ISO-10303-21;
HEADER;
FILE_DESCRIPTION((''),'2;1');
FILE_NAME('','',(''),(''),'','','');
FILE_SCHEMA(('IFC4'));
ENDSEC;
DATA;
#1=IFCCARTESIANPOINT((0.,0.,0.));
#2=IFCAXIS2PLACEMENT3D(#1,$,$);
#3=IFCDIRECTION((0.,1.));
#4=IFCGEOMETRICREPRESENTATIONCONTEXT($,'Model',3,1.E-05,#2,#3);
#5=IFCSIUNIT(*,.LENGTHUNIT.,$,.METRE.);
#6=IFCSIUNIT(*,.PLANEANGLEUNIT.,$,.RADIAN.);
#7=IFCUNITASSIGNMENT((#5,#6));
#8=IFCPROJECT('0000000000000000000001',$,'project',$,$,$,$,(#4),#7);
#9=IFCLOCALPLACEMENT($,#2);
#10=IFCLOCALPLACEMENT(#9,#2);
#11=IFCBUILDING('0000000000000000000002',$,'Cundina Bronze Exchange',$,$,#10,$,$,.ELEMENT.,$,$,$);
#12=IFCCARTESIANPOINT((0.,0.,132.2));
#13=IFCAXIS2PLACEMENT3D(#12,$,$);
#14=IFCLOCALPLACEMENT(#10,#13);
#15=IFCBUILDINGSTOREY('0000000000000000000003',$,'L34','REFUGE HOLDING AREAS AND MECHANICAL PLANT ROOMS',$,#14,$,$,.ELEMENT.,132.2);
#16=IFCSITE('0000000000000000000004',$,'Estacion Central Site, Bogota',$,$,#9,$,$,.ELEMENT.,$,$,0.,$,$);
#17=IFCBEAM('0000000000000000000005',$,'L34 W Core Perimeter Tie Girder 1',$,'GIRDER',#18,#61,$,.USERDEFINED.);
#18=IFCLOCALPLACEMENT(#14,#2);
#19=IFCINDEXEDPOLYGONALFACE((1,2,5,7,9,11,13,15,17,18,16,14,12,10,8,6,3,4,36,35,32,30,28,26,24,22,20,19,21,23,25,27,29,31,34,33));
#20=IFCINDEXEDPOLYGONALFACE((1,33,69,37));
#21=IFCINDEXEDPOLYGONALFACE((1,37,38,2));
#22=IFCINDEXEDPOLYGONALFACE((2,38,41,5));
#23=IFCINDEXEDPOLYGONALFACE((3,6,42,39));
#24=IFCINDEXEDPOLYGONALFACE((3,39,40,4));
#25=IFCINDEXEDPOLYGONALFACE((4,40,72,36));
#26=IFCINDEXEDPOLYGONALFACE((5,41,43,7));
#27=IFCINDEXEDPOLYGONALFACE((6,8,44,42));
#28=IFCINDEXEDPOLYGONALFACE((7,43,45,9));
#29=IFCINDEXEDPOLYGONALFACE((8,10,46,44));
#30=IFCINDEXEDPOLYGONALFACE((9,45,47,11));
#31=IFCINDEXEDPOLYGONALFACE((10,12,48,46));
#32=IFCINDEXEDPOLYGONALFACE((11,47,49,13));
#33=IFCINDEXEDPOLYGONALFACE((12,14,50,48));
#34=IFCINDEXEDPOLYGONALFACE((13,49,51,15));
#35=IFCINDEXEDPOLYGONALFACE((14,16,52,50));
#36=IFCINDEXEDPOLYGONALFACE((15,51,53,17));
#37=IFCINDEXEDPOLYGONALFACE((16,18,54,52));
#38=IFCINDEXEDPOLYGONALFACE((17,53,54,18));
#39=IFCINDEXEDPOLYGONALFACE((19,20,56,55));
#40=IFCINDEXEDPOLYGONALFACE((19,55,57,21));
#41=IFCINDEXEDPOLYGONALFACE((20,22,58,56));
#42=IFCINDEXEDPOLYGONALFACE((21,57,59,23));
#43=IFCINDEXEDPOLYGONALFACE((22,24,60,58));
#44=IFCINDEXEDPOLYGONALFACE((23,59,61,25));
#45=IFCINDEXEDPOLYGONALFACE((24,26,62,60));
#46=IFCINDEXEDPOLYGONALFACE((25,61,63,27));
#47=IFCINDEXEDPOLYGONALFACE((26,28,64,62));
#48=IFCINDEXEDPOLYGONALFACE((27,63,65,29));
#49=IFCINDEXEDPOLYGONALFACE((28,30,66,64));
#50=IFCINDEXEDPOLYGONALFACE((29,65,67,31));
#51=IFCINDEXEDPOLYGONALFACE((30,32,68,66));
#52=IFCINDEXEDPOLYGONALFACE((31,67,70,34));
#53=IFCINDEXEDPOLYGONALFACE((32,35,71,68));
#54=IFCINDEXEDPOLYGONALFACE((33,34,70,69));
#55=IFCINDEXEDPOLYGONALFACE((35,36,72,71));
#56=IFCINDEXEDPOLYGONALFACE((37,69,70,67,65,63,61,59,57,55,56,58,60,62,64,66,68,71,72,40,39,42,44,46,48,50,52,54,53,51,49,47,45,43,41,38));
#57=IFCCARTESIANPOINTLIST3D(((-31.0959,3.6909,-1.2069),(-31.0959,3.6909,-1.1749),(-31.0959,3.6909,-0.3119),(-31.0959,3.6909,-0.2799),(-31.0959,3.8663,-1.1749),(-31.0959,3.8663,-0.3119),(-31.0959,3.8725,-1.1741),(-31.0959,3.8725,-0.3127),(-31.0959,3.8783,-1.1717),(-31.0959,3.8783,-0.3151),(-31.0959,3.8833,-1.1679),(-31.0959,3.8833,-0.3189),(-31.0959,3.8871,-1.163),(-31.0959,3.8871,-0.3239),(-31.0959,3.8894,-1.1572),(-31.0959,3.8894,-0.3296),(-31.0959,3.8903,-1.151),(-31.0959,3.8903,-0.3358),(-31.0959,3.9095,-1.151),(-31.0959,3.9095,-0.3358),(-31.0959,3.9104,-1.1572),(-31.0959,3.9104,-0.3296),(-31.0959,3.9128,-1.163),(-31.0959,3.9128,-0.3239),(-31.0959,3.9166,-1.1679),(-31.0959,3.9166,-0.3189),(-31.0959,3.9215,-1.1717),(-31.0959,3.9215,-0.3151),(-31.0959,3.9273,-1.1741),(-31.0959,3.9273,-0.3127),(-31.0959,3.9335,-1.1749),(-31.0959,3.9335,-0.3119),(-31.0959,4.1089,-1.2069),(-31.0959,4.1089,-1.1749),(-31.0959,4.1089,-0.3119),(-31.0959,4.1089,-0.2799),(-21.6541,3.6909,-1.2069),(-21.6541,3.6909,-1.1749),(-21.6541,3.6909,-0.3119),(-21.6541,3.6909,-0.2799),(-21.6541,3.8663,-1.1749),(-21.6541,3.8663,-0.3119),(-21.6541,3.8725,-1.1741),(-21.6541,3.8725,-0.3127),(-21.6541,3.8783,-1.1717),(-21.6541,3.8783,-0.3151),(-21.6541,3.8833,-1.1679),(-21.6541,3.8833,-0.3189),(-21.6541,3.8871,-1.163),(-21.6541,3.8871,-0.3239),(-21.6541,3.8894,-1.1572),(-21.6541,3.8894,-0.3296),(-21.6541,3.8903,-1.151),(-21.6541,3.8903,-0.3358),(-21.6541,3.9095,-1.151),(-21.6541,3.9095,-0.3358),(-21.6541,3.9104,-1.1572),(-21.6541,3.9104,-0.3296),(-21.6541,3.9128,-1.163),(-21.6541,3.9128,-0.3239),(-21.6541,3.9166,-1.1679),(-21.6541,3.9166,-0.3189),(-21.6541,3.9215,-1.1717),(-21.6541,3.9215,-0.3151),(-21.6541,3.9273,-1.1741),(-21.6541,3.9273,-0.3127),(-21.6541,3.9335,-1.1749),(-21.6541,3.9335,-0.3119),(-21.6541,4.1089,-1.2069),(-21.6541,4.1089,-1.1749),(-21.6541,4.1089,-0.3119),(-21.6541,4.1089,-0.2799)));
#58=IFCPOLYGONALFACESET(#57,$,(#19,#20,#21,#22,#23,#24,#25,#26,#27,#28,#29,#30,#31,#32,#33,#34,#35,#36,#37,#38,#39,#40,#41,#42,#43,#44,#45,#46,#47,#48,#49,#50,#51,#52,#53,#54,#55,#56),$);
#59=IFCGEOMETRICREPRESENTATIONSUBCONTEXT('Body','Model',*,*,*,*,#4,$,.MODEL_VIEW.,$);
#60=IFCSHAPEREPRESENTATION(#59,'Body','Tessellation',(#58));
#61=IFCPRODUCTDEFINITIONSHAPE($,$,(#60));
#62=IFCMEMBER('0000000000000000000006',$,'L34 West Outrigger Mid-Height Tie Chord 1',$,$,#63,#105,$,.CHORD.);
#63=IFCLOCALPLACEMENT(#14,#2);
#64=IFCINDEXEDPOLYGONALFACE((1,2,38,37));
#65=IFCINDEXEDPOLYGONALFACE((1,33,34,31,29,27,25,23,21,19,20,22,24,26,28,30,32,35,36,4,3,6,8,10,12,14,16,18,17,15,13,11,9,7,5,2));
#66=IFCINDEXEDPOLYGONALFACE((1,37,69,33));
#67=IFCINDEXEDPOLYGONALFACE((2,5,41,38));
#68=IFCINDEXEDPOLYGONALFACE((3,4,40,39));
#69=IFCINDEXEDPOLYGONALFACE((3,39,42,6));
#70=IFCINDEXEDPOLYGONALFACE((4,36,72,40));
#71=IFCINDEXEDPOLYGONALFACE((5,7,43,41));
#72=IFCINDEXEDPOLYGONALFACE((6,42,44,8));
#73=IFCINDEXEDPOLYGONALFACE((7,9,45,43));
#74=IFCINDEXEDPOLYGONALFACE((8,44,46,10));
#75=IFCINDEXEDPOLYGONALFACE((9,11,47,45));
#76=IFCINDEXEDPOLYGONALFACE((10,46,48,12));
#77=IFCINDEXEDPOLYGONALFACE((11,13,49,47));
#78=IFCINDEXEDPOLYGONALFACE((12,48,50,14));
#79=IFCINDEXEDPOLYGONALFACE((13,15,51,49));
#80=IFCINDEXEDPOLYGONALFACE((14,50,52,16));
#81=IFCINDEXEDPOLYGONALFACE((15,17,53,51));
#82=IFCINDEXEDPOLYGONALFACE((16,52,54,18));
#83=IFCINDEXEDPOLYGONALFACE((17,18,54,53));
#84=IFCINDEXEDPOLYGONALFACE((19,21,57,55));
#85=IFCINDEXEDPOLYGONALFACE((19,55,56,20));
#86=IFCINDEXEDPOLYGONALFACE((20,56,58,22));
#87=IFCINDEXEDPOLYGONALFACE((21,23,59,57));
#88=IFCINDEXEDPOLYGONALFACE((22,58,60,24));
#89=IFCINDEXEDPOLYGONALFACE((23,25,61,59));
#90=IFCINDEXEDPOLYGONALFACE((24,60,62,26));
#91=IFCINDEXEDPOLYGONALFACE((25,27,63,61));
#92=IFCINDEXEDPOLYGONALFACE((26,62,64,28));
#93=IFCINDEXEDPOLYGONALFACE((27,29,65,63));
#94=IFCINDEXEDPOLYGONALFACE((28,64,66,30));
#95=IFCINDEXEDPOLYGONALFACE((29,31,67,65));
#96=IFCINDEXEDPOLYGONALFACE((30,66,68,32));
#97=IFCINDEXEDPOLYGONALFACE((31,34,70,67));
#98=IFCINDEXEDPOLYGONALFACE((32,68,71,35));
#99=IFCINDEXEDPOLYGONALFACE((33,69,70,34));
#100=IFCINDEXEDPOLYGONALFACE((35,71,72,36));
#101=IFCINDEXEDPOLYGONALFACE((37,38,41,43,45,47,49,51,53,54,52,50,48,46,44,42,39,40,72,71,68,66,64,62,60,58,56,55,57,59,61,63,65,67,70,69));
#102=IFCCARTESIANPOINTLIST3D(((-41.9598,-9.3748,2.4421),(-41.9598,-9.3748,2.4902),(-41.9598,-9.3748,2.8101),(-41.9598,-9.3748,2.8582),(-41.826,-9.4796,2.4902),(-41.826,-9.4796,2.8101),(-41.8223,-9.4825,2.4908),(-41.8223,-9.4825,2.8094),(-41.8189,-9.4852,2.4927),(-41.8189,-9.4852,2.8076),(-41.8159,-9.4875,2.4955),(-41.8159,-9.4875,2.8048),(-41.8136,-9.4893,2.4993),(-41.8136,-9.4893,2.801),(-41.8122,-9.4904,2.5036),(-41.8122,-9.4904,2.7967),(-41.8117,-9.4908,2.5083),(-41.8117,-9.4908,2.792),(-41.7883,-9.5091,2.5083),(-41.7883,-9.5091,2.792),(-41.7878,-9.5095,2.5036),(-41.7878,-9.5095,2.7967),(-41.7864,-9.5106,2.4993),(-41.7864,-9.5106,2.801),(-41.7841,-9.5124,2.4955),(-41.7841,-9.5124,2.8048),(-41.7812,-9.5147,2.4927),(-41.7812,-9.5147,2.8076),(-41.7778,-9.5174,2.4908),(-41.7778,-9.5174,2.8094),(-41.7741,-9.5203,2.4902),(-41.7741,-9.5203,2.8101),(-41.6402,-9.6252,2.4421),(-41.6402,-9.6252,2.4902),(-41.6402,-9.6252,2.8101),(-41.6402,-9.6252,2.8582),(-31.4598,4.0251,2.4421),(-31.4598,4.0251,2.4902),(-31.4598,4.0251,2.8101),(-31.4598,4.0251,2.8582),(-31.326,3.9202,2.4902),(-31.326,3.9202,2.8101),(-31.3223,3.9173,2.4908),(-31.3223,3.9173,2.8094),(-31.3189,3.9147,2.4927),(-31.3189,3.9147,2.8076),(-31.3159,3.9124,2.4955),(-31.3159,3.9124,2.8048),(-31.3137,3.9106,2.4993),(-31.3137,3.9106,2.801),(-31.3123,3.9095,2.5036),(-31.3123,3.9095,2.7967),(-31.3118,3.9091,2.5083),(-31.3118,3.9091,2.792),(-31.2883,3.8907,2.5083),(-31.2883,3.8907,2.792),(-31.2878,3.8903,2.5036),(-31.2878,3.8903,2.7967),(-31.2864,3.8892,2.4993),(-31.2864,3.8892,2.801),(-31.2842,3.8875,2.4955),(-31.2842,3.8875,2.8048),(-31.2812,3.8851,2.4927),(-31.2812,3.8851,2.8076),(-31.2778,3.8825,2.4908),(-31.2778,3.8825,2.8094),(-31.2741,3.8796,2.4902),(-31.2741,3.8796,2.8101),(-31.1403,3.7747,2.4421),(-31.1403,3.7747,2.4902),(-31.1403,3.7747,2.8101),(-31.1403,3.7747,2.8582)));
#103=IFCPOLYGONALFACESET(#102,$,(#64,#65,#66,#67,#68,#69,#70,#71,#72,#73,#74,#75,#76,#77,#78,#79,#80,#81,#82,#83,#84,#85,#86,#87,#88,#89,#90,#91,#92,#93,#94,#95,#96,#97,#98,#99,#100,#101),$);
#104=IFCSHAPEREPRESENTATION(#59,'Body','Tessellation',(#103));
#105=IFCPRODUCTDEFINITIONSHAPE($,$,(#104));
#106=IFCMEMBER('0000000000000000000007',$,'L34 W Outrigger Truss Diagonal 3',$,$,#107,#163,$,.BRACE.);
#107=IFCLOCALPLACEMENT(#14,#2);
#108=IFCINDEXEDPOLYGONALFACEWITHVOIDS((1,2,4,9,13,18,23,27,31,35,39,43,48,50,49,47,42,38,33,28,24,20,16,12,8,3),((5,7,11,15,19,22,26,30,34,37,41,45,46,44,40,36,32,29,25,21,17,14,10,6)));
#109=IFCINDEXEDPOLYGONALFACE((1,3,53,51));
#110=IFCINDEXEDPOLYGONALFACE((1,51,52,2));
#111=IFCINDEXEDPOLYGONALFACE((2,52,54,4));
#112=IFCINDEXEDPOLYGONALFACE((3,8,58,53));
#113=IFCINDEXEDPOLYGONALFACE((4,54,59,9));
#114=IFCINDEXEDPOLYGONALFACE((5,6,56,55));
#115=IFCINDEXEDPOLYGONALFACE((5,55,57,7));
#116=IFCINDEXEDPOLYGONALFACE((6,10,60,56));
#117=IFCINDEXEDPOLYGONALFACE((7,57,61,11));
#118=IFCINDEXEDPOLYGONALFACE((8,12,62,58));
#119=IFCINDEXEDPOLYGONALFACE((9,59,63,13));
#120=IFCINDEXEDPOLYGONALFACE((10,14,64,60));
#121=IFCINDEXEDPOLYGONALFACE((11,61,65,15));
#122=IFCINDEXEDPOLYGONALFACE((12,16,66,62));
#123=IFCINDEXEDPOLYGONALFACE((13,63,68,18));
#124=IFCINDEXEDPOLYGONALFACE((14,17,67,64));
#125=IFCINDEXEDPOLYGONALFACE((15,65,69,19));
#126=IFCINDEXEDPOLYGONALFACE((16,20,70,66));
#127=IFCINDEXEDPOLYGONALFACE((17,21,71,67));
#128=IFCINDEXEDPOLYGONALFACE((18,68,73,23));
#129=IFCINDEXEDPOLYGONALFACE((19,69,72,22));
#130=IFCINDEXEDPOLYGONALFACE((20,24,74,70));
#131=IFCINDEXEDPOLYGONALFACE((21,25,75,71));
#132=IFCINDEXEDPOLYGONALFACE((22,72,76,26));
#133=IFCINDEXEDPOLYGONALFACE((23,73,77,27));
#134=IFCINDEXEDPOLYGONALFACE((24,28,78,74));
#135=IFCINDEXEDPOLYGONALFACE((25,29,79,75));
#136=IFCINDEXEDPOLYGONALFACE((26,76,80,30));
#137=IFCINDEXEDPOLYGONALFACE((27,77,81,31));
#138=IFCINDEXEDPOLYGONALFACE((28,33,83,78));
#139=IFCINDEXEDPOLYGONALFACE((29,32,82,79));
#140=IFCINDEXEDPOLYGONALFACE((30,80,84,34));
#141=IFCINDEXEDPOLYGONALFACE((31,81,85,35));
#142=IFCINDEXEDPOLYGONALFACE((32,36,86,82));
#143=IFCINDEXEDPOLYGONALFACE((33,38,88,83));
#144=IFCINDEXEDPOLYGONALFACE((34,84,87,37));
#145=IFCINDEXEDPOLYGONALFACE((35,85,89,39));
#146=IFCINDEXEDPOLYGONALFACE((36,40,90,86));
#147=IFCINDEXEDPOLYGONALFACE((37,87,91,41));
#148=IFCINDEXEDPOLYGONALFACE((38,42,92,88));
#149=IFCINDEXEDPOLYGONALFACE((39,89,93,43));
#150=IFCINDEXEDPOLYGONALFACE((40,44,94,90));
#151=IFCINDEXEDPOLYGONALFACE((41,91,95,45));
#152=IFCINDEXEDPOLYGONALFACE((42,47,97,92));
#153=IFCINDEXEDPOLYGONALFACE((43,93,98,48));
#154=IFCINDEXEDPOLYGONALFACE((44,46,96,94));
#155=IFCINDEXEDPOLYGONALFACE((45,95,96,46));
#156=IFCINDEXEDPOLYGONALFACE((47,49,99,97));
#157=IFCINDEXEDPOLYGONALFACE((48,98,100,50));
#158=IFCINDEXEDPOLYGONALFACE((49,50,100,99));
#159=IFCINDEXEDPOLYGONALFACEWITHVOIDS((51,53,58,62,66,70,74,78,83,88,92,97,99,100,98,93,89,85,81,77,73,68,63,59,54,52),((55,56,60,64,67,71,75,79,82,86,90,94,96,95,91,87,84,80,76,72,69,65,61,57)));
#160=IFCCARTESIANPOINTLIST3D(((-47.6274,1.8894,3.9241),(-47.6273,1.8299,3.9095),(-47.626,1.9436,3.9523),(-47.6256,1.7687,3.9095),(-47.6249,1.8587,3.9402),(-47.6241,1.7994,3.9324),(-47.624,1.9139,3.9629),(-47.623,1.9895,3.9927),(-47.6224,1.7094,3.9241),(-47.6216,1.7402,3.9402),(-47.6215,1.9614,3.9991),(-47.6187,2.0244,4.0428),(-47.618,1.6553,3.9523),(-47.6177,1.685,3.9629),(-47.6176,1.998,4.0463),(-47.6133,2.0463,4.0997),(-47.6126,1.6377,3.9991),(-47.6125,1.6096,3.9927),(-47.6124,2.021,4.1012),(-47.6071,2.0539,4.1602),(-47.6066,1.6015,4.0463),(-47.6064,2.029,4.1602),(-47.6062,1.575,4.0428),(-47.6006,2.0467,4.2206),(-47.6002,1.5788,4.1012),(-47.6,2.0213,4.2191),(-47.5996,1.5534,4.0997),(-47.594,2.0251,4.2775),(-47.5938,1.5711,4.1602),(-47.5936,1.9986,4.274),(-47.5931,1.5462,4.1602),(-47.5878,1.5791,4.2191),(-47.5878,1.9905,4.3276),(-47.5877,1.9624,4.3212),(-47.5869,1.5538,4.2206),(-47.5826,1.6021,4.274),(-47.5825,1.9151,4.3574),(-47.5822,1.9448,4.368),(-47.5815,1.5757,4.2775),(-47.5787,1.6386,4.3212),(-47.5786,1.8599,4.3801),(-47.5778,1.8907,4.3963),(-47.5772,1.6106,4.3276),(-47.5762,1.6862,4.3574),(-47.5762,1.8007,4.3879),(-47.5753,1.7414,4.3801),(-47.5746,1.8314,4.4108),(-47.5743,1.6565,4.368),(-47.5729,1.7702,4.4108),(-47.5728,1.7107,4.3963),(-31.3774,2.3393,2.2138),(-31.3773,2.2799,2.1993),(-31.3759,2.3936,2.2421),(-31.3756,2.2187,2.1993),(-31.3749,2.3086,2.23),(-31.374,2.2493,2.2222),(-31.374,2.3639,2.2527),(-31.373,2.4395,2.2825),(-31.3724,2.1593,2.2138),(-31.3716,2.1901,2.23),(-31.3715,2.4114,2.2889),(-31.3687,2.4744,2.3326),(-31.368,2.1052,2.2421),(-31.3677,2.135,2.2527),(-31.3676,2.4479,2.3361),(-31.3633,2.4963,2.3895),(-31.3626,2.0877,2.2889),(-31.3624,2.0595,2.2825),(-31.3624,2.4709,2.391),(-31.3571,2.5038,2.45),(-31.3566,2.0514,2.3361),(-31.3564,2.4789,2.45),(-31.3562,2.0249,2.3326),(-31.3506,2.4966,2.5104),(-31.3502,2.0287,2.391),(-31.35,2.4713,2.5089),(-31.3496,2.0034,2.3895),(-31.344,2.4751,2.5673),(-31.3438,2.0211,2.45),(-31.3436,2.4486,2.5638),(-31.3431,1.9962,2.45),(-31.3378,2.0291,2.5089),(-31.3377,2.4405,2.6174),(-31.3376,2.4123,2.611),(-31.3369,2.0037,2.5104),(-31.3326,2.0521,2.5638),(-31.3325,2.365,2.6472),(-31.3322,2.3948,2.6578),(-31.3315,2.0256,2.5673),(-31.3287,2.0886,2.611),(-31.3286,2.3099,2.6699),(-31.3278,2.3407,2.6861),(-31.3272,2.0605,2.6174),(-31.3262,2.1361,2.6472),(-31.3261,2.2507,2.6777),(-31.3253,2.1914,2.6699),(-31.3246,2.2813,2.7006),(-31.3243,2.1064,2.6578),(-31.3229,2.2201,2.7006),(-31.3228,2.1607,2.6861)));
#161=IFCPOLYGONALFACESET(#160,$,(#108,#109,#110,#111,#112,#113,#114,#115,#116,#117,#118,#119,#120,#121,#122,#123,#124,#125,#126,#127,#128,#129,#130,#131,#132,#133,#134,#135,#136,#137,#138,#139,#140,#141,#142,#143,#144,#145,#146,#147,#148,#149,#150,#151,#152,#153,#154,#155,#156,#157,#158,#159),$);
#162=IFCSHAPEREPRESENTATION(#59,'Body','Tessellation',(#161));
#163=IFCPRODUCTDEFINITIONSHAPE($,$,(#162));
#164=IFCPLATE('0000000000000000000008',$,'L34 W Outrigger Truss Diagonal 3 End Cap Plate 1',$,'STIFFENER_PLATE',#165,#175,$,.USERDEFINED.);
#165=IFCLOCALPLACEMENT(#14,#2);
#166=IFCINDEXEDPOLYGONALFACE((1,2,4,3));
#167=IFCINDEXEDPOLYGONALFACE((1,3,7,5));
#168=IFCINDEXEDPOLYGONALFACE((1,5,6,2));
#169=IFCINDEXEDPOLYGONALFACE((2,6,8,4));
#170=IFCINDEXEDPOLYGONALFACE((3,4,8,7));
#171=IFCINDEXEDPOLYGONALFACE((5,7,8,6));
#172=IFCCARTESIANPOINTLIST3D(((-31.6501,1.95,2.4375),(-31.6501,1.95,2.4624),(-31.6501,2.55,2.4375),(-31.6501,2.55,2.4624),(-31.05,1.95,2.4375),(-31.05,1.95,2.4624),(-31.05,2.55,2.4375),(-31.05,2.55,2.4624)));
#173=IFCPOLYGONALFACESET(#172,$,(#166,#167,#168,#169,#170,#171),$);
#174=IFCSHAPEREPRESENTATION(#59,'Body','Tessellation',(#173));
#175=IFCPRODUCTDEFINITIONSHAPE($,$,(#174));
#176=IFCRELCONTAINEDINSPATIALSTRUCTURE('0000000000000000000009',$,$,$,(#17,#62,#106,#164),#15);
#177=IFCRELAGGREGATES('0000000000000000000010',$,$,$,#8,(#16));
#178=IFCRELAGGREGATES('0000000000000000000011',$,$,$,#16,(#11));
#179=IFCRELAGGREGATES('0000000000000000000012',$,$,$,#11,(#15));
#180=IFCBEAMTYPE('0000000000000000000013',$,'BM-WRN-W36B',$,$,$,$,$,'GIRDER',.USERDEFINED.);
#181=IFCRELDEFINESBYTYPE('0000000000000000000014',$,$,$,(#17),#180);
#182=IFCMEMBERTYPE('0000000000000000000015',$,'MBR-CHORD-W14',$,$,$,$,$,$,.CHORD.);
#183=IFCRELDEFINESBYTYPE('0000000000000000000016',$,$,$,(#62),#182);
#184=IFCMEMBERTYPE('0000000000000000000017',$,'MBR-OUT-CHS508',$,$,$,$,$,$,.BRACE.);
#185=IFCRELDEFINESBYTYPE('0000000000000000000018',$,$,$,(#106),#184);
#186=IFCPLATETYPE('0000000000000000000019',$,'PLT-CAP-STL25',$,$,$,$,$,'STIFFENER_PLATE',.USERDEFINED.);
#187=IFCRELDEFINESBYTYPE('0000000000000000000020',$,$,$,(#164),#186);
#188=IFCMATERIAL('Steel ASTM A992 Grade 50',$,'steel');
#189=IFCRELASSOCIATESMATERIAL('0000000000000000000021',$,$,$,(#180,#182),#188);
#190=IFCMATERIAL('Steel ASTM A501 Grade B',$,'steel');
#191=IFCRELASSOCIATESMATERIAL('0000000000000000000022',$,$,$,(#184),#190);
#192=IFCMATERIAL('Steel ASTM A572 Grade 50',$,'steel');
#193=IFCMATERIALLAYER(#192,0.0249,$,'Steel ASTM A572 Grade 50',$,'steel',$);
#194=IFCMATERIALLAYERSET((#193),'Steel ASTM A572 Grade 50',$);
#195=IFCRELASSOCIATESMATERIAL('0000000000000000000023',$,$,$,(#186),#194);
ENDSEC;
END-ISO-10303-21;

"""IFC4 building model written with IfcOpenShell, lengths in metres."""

from ifc_helpers import new_model, si_unit, direction, frame, origin, origin_2d, place, context, subcontext, project, spatial, rectangle, hollow_circle, i_section, extrude, material, layer, layer_set, material_profile, profile_set, type_object, element, save


model = new_model("IFC4")

# Units and contexts
model_context = context("Model", 3, precision=1e-05, world=origin(), true_north=direction((0.0, 1.0)))
body_context = subcontext(model_context, "Body", "Model", "MODEL_VIEW")
ifc_project = project(units=[si_unit("LENGTHUNIT", "METRE"), si_unit("PLANEANGLEUNIT", "RADIAN")], contexts=[model_context])

# Site, building, storey
site_placement = place(None, origin())
site = spatial("IfcSite", under=ifc_project, at=site_placement, Name="Estacion Central Site, Bogota", CompositionType="ELEMENT", RefElevation=0.0)
building_placement = place(site_placement, origin())
building = spatial("IfcBuilding", under=site, at=building_placement, Name="Cundina Bronze Exchange", CompositionType="ELEMENT")
storey_placement = place(building_placement, frame((0.0, 0.0, 132.2)))
storey = spatial("IfcBuildingStorey", under=building, at=storey_placement, Name="L34", Description="REFUGE HOLDING AREAS AND MECHANICAL PLANT ROOMS", CompositionType="ELEMENT", Elevation=132.2)

# Shared definitions
ifc_material_1 = material(Name="Steel ASTM A992 Grade 50", Category="steel")

# Beam
ifc_material_profile_1 = material_profile(ifc_material_1, i_section(OverallWidth=0.418, OverallDepth=0.927, WebThickness=0.0193, FlangeThickness=0.032, FilletRadius=0.0239, at=origin_2d()), Name="W36X231", Category="steel")
ifc_profile_set_1 = profile_set([ifc_material_profile_1], Name="Steel ASTM A992 Grade 50")
beam_type_1 = type_object("IfcBeamType", Name="BM-WRN-W36B", ElementType="GIRDER", PredefinedType="USERDEFINED", material=ifc_profile_set_1)
beam_1_placement = place(storey_placement, frame((-31.0959, 3.8999, -0.7434), z_axis=(1.0, 0.0, 0.0), x_axis=(0.0, 1.0, 0.0)))
element("IfcBeam", 1, at=beam_1_placement, inside=storey, type_object=beam_type_1, Name="L34 W Core Perimeter Tie Girder 1", ObjectType="GIRDER", PredefinedType="USERDEFINED", context=body_context, shape_type="SweptSolid", body=[
    extrude(i_section(OverallWidth=0.418, OverallDepth=0.927, WebThickness=0.0193, FlangeThickness=0.032, FilletRadius=0.0239, at=origin_2d()), origin(), (0.0, 0.0, 1.0), 9.4419),
])

# Members
ifc_material_profile_2 = material_profile(ifc_material_1, i_section(OverallWidth=0.406, OverallDepth=0.416, WebThickness=0.0298, FlangeThickness=0.0481, FilletRadius=0.0181, at=origin_2d()), Name="W14X257", Category="steel")
ifc_profile_set_2 = profile_set([ifc_material_profile_2], Name="Steel ASTM A992 Grade 50")
member_type_1 = type_object("IfcMemberType", Name="MBR-CHORD-W14", PredefinedType="CHORD", material=ifc_profile_set_2)
member_1_placement = place(storey_placement, frame((-31.3, 3.8999, 2.6501), z_axis=(-0.616786, -0.787131, 0.0), x_axis=(0.787131, -0.616786, 0.0)))
element("IfcMember", 2, at=member_1_placement, inside=storey, type_object=member_type_1, Name="L34 West Outrigger Mid-Height Tie Chord 1", PredefinedType="CHORD", context=body_context, shape_type="SweptSolid", body=[
    extrude(i_section(OverallWidth=0.406, OverallDepth=0.416, WebThickness=0.0298, FlangeThickness=0.0481, FilletRadius=0.0181, at=origin_2d()), origin(), (0.0, 0.0, 1.0), 17.0237),
])
ifc_material_2 = material(Name="Steel ASTM A501 Grade B", Category="steel")
ifc_material_profile_3 = material_profile(ifc_material_2, hollow_circle(Radius=0.2539, WallThickness=0.0249, at=origin_2d()), Name="CHS508X25", Category="steel")
ifc_profile_set_3 = profile_set([ifc_material_profile_3], Name="Steel ASTM A501 Grade B")
member_type_2 = type_object("IfcMemberType", Name="MBR-OUT-CHS508", PredefinedType="BRACE", material=ifc_profile_set_3)
member_2_placement = place(storey_placement, frame((-31.3501, 2.25, 2.45), z_axis=(-0.994131, -0.027527, 0.104626), x_axis=(0.027679, -0.999617, 0.0)))
element("IfcMember", 3, at=member_2_placement, inside=storey, type_object=member_type_2, Name="L34 W Outrigger Truss Diagonal 3", PredefinedType="BRACE", context=body_context, shape_type="SweptSolid", body=[
    extrude(hollow_circle(Radius=0.2539, WallThickness=0.0249, at=origin_2d()), origin(), (0.0, 0.0, 1.0), 16.3459),
])

# Plate
ifc_material_3 = material(Name="Steel ASTM A572 Grade 50", Category="steel")
ifc_layer_1 = layer(ifc_material_3, 0.0249, Name="Steel ASTM A572 Grade 50", Category="steel")
ifc_layer_set_1 = layer_set([ifc_layer_1], Name="Steel ASTM A572 Grade 50")
plate_type = type_object("IfcPlateType", Name="PLT-CAP-STL25", ElementType="STIFFENER_PLATE", PredefinedType="USERDEFINED", material=ifc_layer_set_1)
plate_placement = place(storey_placement, frame((-31.3501, 2.25, 2.4375), z_axis=(0.0, 0.0, 1.0), x_axis=(1.0, 0.0, 0.0)))
element("IfcPlate", 4, at=plate_placement, inside=storey, type_object=plate_type, Name="L34 W Outrigger Truss Diagonal 3 End Cap Plate 1", ObjectType="STIFFENER_PLATE", PredefinedType="USERDEFINED", context=body_context, shape_type="SweptSolid", body=[
    extrude(rectangle(XDim=0.6001, YDim=0.6001, at=origin_2d()), origin(), (0.0, 0.0, 1.0), 0.0249),
])

save(model, "model.ifc")
